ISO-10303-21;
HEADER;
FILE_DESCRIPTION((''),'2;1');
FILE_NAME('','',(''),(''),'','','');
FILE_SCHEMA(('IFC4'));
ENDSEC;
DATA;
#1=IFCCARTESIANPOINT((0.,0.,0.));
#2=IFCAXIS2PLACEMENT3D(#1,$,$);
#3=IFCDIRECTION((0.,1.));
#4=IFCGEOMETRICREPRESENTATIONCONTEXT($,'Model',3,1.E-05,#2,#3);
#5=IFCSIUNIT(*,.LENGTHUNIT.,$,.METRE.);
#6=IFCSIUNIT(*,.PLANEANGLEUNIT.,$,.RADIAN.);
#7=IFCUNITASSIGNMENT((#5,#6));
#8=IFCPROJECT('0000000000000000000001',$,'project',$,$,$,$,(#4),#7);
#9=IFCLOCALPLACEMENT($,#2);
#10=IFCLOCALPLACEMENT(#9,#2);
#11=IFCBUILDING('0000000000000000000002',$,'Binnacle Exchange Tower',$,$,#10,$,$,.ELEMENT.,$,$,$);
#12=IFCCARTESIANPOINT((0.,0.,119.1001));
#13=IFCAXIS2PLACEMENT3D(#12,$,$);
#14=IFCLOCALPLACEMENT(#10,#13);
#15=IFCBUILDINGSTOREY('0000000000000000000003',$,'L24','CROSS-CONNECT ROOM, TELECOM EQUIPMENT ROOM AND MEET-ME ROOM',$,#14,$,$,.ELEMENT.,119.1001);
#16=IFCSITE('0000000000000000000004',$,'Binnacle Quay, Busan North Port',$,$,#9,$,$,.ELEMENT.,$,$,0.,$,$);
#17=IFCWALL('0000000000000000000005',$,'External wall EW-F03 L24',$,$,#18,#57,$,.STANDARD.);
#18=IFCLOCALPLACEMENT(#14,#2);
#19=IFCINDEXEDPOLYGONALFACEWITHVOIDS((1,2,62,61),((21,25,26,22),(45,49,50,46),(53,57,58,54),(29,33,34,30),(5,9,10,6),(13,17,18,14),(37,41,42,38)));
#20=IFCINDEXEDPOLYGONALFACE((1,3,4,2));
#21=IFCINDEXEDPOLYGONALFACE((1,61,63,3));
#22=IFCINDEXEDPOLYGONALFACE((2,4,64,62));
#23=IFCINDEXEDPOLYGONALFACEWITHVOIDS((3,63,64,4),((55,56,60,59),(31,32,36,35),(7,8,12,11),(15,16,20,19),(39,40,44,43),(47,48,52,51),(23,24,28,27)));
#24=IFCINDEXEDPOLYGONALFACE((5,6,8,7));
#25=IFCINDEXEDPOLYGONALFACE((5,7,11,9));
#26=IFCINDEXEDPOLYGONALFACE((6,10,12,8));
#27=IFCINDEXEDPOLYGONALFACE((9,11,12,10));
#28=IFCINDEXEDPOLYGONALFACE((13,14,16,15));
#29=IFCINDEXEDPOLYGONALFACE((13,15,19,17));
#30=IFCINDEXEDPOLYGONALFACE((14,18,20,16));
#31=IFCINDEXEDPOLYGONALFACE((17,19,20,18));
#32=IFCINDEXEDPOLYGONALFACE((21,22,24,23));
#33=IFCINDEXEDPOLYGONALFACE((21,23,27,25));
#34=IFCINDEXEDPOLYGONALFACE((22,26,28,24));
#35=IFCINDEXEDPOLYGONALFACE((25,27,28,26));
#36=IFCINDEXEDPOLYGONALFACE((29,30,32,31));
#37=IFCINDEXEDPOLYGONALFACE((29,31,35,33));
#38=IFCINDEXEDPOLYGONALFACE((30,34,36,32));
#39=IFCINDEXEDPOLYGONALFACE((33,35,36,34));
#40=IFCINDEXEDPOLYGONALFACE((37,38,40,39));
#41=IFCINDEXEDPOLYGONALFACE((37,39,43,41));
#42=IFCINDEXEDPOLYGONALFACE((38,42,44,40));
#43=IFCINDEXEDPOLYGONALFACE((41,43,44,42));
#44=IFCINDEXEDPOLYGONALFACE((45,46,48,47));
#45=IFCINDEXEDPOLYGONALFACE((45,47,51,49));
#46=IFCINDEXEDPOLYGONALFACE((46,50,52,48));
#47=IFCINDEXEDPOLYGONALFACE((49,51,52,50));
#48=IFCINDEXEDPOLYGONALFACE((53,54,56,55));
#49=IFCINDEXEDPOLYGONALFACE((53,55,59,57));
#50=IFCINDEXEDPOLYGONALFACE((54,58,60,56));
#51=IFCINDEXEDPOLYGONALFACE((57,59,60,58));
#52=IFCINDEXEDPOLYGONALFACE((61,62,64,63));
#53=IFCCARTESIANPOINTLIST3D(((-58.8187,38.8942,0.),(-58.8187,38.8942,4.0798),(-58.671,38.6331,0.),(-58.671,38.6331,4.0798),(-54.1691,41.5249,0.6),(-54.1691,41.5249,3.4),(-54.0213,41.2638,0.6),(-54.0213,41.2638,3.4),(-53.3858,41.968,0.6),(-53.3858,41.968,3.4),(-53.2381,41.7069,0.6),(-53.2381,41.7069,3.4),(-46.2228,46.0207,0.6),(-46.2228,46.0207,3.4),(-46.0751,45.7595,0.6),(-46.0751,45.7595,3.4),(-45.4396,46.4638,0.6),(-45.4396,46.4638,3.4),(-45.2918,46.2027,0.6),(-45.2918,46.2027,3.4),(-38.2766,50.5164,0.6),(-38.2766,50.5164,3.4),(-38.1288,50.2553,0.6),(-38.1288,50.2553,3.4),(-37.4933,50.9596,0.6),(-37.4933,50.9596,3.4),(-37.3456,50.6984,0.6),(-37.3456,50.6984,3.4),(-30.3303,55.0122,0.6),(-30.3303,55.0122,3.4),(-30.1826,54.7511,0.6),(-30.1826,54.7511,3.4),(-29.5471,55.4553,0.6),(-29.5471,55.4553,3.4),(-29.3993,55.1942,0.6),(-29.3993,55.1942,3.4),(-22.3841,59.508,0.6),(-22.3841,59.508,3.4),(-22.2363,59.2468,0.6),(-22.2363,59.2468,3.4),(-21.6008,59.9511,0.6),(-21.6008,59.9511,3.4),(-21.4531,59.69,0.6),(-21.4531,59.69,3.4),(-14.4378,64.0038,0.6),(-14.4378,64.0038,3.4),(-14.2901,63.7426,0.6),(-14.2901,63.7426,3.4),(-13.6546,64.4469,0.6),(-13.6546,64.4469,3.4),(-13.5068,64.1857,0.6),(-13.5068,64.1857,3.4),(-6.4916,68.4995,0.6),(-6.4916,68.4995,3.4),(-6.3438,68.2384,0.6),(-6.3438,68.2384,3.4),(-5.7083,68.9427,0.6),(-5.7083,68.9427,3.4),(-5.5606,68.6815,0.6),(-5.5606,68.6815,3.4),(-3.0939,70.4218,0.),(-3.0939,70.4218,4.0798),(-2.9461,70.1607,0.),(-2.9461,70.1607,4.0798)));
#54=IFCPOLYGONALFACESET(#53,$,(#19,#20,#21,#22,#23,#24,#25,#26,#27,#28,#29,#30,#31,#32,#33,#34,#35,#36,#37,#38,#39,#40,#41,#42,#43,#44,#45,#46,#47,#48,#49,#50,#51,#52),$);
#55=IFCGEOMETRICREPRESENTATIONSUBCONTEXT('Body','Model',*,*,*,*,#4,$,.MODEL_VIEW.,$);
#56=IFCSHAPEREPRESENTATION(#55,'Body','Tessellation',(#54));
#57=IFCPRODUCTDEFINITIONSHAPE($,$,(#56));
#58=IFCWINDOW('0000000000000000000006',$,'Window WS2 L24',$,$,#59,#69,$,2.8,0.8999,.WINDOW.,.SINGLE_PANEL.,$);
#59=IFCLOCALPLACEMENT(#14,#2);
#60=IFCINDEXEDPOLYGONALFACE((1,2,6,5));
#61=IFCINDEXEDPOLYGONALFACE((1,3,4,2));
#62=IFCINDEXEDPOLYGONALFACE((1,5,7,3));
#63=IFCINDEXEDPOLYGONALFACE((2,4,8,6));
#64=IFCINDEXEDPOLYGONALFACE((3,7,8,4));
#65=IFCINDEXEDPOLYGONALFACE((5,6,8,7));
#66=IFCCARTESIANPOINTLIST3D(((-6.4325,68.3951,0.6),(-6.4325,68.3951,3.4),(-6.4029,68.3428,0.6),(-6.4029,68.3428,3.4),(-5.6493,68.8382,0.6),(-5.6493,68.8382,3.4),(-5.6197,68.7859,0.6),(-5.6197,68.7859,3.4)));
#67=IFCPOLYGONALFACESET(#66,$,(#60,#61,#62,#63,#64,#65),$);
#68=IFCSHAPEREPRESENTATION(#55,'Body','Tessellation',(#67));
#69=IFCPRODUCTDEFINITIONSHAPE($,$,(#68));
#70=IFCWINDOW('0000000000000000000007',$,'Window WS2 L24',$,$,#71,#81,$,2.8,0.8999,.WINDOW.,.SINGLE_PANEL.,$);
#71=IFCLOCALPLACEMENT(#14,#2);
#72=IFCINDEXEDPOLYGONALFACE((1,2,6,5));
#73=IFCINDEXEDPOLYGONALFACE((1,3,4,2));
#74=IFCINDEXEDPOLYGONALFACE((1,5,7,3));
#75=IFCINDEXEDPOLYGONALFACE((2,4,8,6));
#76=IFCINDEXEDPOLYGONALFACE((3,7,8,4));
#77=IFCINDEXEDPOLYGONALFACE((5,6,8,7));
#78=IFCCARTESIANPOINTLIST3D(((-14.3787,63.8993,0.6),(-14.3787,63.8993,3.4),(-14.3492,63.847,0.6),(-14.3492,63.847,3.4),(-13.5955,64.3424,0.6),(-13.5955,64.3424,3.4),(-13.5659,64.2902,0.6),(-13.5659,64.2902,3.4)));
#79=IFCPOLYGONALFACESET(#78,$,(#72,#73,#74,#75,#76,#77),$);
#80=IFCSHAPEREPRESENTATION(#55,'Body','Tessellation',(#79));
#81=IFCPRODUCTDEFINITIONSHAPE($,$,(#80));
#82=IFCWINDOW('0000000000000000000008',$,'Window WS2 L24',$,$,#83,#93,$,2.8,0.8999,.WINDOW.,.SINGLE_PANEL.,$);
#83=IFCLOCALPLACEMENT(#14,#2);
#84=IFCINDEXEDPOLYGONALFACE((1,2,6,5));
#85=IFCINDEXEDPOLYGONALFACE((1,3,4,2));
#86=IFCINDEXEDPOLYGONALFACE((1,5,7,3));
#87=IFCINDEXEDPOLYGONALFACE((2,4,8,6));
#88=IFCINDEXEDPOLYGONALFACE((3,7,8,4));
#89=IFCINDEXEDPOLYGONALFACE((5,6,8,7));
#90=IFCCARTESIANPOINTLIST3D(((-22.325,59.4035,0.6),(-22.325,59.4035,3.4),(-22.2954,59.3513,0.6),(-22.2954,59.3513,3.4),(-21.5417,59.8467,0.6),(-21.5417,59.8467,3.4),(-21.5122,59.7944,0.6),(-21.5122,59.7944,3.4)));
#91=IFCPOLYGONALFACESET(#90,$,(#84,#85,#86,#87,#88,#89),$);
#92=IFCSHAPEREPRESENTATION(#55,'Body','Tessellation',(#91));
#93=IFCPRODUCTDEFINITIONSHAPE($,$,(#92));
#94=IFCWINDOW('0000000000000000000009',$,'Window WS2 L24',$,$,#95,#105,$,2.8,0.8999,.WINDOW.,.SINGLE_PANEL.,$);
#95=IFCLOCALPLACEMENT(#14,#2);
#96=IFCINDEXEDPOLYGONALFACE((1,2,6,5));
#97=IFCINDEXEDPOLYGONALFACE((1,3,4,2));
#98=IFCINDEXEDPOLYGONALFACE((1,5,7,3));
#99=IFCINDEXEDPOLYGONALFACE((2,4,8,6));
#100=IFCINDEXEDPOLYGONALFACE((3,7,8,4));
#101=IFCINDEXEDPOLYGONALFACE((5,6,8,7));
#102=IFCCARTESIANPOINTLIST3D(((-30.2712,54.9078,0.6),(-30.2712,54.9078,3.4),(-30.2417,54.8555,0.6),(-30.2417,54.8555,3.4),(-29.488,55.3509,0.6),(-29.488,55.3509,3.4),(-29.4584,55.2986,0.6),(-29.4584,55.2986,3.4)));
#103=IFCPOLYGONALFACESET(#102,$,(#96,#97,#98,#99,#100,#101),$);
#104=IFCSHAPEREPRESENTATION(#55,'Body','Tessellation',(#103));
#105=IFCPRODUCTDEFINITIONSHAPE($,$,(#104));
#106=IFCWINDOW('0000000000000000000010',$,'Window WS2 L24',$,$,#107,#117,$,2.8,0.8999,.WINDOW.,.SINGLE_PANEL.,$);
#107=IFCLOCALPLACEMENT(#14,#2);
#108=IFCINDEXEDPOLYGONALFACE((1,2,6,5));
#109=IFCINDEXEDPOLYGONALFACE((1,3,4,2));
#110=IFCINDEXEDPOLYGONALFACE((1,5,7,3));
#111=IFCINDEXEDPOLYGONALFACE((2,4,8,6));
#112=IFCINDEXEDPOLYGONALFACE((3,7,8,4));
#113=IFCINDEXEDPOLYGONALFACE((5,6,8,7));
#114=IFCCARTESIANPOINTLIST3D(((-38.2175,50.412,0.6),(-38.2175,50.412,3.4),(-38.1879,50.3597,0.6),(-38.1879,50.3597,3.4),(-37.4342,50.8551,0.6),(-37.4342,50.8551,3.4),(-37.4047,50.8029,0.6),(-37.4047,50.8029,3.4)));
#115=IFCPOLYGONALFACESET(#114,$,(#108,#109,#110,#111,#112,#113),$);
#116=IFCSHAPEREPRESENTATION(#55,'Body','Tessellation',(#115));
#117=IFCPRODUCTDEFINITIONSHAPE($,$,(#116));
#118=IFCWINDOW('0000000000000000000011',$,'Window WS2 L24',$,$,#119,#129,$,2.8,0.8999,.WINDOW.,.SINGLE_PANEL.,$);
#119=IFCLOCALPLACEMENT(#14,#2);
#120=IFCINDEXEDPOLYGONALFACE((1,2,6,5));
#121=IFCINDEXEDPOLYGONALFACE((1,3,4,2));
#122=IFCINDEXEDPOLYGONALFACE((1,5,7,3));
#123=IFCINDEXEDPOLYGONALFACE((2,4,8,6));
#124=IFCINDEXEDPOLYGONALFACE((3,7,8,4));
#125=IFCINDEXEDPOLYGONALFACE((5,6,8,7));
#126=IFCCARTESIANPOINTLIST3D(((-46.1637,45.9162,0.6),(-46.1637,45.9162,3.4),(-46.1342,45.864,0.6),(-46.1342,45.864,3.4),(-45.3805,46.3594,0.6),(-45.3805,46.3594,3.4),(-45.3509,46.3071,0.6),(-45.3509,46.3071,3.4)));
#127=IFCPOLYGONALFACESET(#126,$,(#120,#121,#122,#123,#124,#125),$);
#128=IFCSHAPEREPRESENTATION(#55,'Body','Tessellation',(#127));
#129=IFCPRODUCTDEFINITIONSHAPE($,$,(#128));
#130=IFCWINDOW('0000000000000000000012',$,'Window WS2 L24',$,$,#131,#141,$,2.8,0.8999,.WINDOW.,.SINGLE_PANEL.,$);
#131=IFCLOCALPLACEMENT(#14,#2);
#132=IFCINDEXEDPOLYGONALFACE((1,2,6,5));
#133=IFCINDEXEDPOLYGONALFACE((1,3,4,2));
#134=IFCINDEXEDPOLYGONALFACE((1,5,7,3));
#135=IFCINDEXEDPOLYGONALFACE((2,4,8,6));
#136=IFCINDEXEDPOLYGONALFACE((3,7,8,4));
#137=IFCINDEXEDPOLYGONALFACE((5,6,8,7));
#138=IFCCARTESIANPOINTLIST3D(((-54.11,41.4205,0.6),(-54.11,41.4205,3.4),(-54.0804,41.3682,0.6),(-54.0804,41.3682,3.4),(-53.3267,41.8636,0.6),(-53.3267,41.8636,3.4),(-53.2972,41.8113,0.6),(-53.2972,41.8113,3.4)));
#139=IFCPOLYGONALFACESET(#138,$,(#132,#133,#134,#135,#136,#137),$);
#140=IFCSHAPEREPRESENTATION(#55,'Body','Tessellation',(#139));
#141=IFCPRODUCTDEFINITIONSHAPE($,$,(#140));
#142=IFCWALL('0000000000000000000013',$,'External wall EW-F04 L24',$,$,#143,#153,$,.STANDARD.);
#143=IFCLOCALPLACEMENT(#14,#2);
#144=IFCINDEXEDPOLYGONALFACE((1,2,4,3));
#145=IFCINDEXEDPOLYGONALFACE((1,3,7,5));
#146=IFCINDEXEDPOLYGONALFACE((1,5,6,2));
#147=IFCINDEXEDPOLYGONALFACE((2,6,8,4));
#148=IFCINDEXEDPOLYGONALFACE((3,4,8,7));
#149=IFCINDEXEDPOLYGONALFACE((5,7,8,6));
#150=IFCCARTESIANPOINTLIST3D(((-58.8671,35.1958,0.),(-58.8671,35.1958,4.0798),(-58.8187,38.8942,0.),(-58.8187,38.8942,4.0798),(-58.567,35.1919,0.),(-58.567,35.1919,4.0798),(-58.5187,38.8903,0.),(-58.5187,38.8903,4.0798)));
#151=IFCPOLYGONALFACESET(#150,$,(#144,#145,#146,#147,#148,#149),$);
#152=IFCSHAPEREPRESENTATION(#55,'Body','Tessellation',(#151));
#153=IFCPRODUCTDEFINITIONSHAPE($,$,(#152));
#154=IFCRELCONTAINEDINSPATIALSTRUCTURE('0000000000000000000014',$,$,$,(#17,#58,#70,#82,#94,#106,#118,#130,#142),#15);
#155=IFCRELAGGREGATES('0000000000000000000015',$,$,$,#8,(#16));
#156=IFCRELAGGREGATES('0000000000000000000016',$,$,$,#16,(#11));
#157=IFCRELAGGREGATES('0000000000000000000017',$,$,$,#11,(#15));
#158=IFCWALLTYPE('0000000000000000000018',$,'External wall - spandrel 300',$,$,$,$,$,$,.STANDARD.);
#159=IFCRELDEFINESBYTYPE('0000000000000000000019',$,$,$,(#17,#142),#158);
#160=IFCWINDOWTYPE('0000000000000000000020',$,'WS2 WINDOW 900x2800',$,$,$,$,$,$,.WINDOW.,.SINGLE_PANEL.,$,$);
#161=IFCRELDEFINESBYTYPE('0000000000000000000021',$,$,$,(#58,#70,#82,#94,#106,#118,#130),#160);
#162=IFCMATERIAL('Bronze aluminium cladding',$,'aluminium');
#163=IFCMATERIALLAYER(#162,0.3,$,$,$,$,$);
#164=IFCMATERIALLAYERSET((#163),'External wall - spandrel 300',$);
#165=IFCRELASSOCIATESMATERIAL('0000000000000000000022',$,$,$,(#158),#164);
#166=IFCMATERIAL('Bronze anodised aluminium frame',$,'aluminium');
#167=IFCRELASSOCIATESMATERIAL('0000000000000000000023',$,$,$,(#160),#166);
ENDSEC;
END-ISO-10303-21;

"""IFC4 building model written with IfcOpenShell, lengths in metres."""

from ifc_helpers import new_model, si_unit, direction, frame, frame_2d, origin, place, context, subcontext, project, spatial, rectangle, extrude, material, layer, layer_set, type_object, element, fill, save


model = new_model("IFC4")

# Units and contexts
model_context = context("Model", 3, precision=1e-05, world=origin(), true_north=direction((0.0, 1.0)))
body_context = subcontext(model_context, "Body", "Model", "MODEL_VIEW")
ifc_project = project(units=[si_unit("LENGTHUNIT", "METRE"), si_unit("PLANEANGLEUNIT", "RADIAN")], contexts=[model_context])

# Site, building, storey
site_placement = place(None, origin())
site = spatial("IfcSite", under=ifc_project, at=site_placement, Name="Binnacle Quay, Busan North Port", CompositionType="ELEMENT", RefElevation=0.0)
building_placement = place(site_placement, origin())
building = spatial("IfcBuilding", under=site, at=building_placement, Name="Binnacle Exchange Tower", CompositionType="ELEMENT")
storey_placement = place(building_placement, frame((0.0, 0.0, 119.1001)))
storey = spatial("IfcBuildingStorey", under=building, at=storey_placement, Name="L24", Description="CROSS-CONNECT ROOM, TELECOM EQUIPMENT ROOM AND MEET-ME ROOM", CompositionType="ELEMENT", Elevation=119.1001)

# Wall, openings, windows
ifc_material_1 = material(Name="Bronze aluminium cladding", Category="aluminium")
ifc_layer_1 = layer(ifc_material_1, 0.3)
ifc_layer_set_1 = layer_set([ifc_layer_1], Name="External wall - spandrel 300")
wall_type_1 = type_object("IfcWallType", Name="External wall - spandrel 300", PredefinedType="STANDARD", material=ifc_layer_set_1)
wall_1_placement = place(storey_placement, frame((-58.7449, 38.7637, 0.0), z_axis=(0.0, 0.0, 1.0), x_axis=(0.870356, 0.492423, 0.0)))
wall_1 = element("IfcWall", 1, at=wall_1_placement, inside=storey, type_object=wall_type_1, Name="External wall EW-F03 L24", PredefinedType="STANDARD", context=body_context, shape_type="SweptSolid", body=[
    extrude(rectangle(XDim=64.0254, YDim=0.3, at=frame_2d((32.0127, 0.0))), origin(), (0.0, 0.0, 1.0), 4.0798),
])
opening_1_placement = place(wall_1_placement, frame((60.1216, 0.0, 0.6001)))
opening_1 = element("IfcOpeningElement", 2, at=opening_1_placement, cuts=wall_1, PredefinedType="OPENING", context=body_context, shape_type="SweptSolid", body=[
    extrude(rectangle(XDim=0.8999, YDim=2.8, at=frame_2d((0.45, 1.3999))), frame((0.0, 0.1599, 0.0), z_axis=(0.0, -1.0, 0.0), x_axis=(1.0, 0.0, 0.0)), (0.0, 0.0, 1.0), 0.3201),
])
opening_2_placement = place(wall_1_placement, frame((50.9917, 0.0, 0.6001)))
opening_2 = element("IfcOpeningElement", 3, at=opening_2_placement, cuts=wall_1, PredefinedType="OPENING", context=body_context, shape_type="SweptSolid", body=[
    extrude(rectangle(XDim=0.8999, YDim=2.8, at=frame_2d((0.45, 1.3999))), frame((0.0, 0.1599, 0.0), z_axis=(0.0, -1.0, 0.0), x_axis=(1.0, 0.0, 0.0)), (0.0, 0.0, 1.0), 0.3201),
])
opening_3_placement = place(wall_1_placement, frame((41.8618, 0.0, 0.6001)))
opening_3 = element("IfcOpeningElement", 4, at=opening_3_placement, cuts=wall_1, PredefinedType="OPENING", context=body_context, shape_type="SweptSolid", body=[
    extrude(rectangle(XDim=0.8999, YDim=2.8, at=frame_2d((0.45, 1.3999))), frame((0.0, 0.1599, 0.0), z_axis=(0.0, -1.0, 0.0), x_axis=(1.0, 0.0, 0.0)), (0.0, 0.0, 1.0), 0.3201),
])
opening_4_placement = place(wall_1_placement, frame((32.7319, 0.0, 0.6001)))
opening_4 = element("IfcOpeningElement", 5, at=opening_4_placement, cuts=wall_1, PredefinedType="OPENING", context=body_context, shape_type="SweptSolid", body=[
    extrude(rectangle(XDim=0.8999, YDim=2.8, at=frame_2d((0.45, 1.3999))), frame((0.0, 0.1599, 0.0), z_axis=(0.0, -1.0, 0.0), x_axis=(1.0, 0.0, 0.0)), (0.0, 0.0, 1.0), 0.3201),
])
opening_5_placement = place(wall_1_placement, frame((23.6021, 0.0, 0.6001)))
opening_5 = element("IfcOpeningElement", 6, at=opening_5_placement, cuts=wall_1, PredefinedType="OPENING", context=body_context, shape_type="SweptSolid", body=[
    extrude(rectangle(XDim=0.8999, YDim=2.8, at=frame_2d((0.45, 1.3999))), frame((0.0, 0.1599, 0.0), z_axis=(0.0, -1.0, 0.0), x_axis=(1.0, 0.0, 0.0)), (0.0, 0.0, 1.0), 0.3201),
])
opening_6_placement = place(wall_1_placement, frame((14.4722, 0.0, 0.6001)))
opening_6 = element("IfcOpeningElement", 7, at=opening_6_placement, cuts=wall_1, PredefinedType="OPENING", context=body_context, shape_type="SweptSolid", body=[
    extrude(rectangle(XDim=0.8999, YDim=2.8, at=frame_2d((0.45, 1.3999))), frame((0.0, 0.1599, 0.0), z_axis=(0.0, -1.0, 0.0), x_axis=(1.0, 0.0, 0.0)), (0.0, 0.0, 1.0), 0.3201),
])
opening_7_placement = place(wall_1_placement, frame((5.3423, 0.0, 0.6001)))
opening_7 = element("IfcOpeningElement", 8, at=opening_7_placement, cuts=wall_1, PredefinedType="OPENING", context=body_context, shape_type="SweptSolid", body=[
    extrude(rectangle(XDim=0.8999, YDim=2.8, at=frame_2d((0.45, 1.3999))), frame((0.0, 0.1599, 0.0), z_axis=(0.0, -1.0, 0.0), x_axis=(1.0, 0.0, 0.0)), (0.0, 0.0, 1.0), 0.3201),
])
ifc_material_2 = material(Name="Bronze anodised aluminium frame", Category="aluminium")
window_type = type_object("IfcWindowType", Name="WS2 WINDOW 900x2800", PartitioningType="SINGLE_PANEL", PredefinedType="WINDOW", material=ifc_material_2)
window_1_placement = place(opening_1_placement, origin())
window_1 = element("IfcWindow", 9, at=window_1_placement, inside=storey, type_object=window_type, Name="Window WS2 L24", OverallHeight=2.8, OverallWidth=0.8999, PartitioningType="SINGLE_PANEL", PredefinedType="WINDOW", context=body_context, shape_type="SweptSolid", body=[
    extrude(rectangle(XDim=0.8999, YDim=2.8, at=frame_2d((0.45, 1.3999))), frame((0.0, 0.03, 0.0), z_axis=(0.0, -1.0, 0.0), x_axis=(1.0, 0.0, 0.0)), (0.0, 0.0, 1.0), 0.0601),
])
fill(opening_1, window_1)
window_2_placement = place(opening_2_placement, origin())
window_2 = element("IfcWindow", 10, at=window_2_placement, inside=storey, type_object=window_type, Name="Window WS2 L24", OverallHeight=2.8, OverallWidth=0.8999, PartitioningType="SINGLE_PANEL", PredefinedType="WINDOW", context=body_context, shape_type="SweptSolid", body=[
    extrude(rectangle(XDim=0.8999, YDim=2.8, at=frame_2d((0.45, 1.3999))), frame((0.0, 0.03, 0.0), z_axis=(0.0, -1.0, 0.0), x_axis=(1.0, 0.0, 0.0)), (0.0, 0.0, 1.0), 0.0601),
])
fill(opening_2, window_2)
window_3_placement = place(opening_3_placement, origin())
window_3 = element("IfcWindow", 11, at=window_3_placement, inside=storey, type_object=window_type, Name="Window WS2 L24", OverallHeight=2.8, OverallWidth=0.8999, PartitioningType="SINGLE_PANEL", PredefinedType="WINDOW", context=body_context, shape_type="SweptSolid", body=[
    extrude(rectangle(XDim=0.8999, YDim=2.8, at=frame_2d((0.45, 1.3999))), frame((0.0, 0.03, 0.0), z_axis=(0.0, -1.0, 0.0), x_axis=(1.0, 0.0, 0.0)), (0.0, 0.0, 1.0), 0.0601),
])
fill(opening_3, window_3)
window_4_placement = place(opening_4_placement, origin())
window_4 = element("IfcWindow", 12, at=window_4_placement, inside=storey, type_object=window_type, Name="Window WS2 L24", OverallHeight=2.8, OverallWidth=0.8999, PartitioningType="SINGLE_PANEL", PredefinedType="WINDOW", context=body_context, shape_type="SweptSolid", body=[
    extrude(rectangle(XDim=0.8999, YDim=2.8, at=frame_2d((0.45, 1.3999))), frame((0.0, 0.03, 0.0), z_axis=(0.0, -1.0, 0.0), x_axis=(1.0, 0.0, 0.0)), (0.0, 0.0, 1.0), 0.0601),
])
fill(opening_4, window_4)
window_5_placement = place(opening_5_placement, origin())
window_5 = element("IfcWindow", 13, at=window_5_placement, inside=storey, type_object=window_type, Name="Window WS2 L24", OverallHeight=2.8, OverallWidth=0.8999, PartitioningType="SINGLE_PANEL", PredefinedType="WINDOW", context=body_context, shape_type="SweptSolid", body=[
    extrude(rectangle(XDim=0.8999, YDim=2.8, at=frame_2d((0.45, 1.3999))), frame((0.0, 0.03, 0.0), z_axis=(0.0, -1.0, 0.0), x_axis=(1.0, 0.0, 0.0)), (0.0, 0.0, 1.0), 0.0601),
])
fill(opening_5, window_5)
window_6_placement = place(opening_6_placement, origin())
window_6 = element("IfcWindow", 14, at=window_6_placement, inside=storey, type_object=window_type, Name="Window WS2 L24", OverallHeight=2.8, OverallWidth=0.8999, PartitioningType="SINGLE_PANEL", PredefinedType="WINDOW", context=body_context, shape_type="SweptSolid", body=[
    extrude(rectangle(XDim=0.8999, YDim=2.8, at=frame_2d((0.45, 1.3999))), frame((0.0, 0.03, 0.0), z_axis=(0.0, -1.0, 0.0), x_axis=(1.0, 0.0, 0.0)), (0.0, 0.0, 1.0), 0.0601),
])
fill(opening_6, window_6)
window_7_placement = place(opening_7_placement, origin())
window_7 = element("IfcWindow", 15, at=window_7_placement, inside=storey, type_object=window_type, Name="Window WS2 L24", OverallHeight=2.8, OverallWidth=0.8999, PartitioningType="SINGLE_PANEL", PredefinedType="WINDOW", context=body_context, shape_type="SweptSolid", body=[
    extrude(rectangle(XDim=0.8999, YDim=2.8, at=frame_2d((0.45, 1.3999))), frame((0.0, 0.03, 0.0), z_axis=(0.0, -1.0, 0.0), x_axis=(1.0, 0.0, 0.0)), (0.0, 0.0, 1.0), 0.0601),
])
fill(opening_7, window_7)

# Wall
wall_2_placement = place(storey_placement, frame((-58.717, 35.1938, 0.0), z_axis=(0.0, 0.0, 1.0), x_axis=(0.013069, 0.999915, 0.0)))
element("IfcWall", 16, at=wall_2_placement, inside=storey, type_object=wall_type_1, Name="External wall EW-F04 L24", PredefinedType="STANDARD", context=body_context, shape_type="SweptSolid", body=[
    extrude(rectangle(XDim=3.6987, YDim=0.3, at=frame_2d((1.8494, 0.0))), origin(), (0.0, 0.0, 1.0), 4.0798),
])

save(model, "model.ifc")
